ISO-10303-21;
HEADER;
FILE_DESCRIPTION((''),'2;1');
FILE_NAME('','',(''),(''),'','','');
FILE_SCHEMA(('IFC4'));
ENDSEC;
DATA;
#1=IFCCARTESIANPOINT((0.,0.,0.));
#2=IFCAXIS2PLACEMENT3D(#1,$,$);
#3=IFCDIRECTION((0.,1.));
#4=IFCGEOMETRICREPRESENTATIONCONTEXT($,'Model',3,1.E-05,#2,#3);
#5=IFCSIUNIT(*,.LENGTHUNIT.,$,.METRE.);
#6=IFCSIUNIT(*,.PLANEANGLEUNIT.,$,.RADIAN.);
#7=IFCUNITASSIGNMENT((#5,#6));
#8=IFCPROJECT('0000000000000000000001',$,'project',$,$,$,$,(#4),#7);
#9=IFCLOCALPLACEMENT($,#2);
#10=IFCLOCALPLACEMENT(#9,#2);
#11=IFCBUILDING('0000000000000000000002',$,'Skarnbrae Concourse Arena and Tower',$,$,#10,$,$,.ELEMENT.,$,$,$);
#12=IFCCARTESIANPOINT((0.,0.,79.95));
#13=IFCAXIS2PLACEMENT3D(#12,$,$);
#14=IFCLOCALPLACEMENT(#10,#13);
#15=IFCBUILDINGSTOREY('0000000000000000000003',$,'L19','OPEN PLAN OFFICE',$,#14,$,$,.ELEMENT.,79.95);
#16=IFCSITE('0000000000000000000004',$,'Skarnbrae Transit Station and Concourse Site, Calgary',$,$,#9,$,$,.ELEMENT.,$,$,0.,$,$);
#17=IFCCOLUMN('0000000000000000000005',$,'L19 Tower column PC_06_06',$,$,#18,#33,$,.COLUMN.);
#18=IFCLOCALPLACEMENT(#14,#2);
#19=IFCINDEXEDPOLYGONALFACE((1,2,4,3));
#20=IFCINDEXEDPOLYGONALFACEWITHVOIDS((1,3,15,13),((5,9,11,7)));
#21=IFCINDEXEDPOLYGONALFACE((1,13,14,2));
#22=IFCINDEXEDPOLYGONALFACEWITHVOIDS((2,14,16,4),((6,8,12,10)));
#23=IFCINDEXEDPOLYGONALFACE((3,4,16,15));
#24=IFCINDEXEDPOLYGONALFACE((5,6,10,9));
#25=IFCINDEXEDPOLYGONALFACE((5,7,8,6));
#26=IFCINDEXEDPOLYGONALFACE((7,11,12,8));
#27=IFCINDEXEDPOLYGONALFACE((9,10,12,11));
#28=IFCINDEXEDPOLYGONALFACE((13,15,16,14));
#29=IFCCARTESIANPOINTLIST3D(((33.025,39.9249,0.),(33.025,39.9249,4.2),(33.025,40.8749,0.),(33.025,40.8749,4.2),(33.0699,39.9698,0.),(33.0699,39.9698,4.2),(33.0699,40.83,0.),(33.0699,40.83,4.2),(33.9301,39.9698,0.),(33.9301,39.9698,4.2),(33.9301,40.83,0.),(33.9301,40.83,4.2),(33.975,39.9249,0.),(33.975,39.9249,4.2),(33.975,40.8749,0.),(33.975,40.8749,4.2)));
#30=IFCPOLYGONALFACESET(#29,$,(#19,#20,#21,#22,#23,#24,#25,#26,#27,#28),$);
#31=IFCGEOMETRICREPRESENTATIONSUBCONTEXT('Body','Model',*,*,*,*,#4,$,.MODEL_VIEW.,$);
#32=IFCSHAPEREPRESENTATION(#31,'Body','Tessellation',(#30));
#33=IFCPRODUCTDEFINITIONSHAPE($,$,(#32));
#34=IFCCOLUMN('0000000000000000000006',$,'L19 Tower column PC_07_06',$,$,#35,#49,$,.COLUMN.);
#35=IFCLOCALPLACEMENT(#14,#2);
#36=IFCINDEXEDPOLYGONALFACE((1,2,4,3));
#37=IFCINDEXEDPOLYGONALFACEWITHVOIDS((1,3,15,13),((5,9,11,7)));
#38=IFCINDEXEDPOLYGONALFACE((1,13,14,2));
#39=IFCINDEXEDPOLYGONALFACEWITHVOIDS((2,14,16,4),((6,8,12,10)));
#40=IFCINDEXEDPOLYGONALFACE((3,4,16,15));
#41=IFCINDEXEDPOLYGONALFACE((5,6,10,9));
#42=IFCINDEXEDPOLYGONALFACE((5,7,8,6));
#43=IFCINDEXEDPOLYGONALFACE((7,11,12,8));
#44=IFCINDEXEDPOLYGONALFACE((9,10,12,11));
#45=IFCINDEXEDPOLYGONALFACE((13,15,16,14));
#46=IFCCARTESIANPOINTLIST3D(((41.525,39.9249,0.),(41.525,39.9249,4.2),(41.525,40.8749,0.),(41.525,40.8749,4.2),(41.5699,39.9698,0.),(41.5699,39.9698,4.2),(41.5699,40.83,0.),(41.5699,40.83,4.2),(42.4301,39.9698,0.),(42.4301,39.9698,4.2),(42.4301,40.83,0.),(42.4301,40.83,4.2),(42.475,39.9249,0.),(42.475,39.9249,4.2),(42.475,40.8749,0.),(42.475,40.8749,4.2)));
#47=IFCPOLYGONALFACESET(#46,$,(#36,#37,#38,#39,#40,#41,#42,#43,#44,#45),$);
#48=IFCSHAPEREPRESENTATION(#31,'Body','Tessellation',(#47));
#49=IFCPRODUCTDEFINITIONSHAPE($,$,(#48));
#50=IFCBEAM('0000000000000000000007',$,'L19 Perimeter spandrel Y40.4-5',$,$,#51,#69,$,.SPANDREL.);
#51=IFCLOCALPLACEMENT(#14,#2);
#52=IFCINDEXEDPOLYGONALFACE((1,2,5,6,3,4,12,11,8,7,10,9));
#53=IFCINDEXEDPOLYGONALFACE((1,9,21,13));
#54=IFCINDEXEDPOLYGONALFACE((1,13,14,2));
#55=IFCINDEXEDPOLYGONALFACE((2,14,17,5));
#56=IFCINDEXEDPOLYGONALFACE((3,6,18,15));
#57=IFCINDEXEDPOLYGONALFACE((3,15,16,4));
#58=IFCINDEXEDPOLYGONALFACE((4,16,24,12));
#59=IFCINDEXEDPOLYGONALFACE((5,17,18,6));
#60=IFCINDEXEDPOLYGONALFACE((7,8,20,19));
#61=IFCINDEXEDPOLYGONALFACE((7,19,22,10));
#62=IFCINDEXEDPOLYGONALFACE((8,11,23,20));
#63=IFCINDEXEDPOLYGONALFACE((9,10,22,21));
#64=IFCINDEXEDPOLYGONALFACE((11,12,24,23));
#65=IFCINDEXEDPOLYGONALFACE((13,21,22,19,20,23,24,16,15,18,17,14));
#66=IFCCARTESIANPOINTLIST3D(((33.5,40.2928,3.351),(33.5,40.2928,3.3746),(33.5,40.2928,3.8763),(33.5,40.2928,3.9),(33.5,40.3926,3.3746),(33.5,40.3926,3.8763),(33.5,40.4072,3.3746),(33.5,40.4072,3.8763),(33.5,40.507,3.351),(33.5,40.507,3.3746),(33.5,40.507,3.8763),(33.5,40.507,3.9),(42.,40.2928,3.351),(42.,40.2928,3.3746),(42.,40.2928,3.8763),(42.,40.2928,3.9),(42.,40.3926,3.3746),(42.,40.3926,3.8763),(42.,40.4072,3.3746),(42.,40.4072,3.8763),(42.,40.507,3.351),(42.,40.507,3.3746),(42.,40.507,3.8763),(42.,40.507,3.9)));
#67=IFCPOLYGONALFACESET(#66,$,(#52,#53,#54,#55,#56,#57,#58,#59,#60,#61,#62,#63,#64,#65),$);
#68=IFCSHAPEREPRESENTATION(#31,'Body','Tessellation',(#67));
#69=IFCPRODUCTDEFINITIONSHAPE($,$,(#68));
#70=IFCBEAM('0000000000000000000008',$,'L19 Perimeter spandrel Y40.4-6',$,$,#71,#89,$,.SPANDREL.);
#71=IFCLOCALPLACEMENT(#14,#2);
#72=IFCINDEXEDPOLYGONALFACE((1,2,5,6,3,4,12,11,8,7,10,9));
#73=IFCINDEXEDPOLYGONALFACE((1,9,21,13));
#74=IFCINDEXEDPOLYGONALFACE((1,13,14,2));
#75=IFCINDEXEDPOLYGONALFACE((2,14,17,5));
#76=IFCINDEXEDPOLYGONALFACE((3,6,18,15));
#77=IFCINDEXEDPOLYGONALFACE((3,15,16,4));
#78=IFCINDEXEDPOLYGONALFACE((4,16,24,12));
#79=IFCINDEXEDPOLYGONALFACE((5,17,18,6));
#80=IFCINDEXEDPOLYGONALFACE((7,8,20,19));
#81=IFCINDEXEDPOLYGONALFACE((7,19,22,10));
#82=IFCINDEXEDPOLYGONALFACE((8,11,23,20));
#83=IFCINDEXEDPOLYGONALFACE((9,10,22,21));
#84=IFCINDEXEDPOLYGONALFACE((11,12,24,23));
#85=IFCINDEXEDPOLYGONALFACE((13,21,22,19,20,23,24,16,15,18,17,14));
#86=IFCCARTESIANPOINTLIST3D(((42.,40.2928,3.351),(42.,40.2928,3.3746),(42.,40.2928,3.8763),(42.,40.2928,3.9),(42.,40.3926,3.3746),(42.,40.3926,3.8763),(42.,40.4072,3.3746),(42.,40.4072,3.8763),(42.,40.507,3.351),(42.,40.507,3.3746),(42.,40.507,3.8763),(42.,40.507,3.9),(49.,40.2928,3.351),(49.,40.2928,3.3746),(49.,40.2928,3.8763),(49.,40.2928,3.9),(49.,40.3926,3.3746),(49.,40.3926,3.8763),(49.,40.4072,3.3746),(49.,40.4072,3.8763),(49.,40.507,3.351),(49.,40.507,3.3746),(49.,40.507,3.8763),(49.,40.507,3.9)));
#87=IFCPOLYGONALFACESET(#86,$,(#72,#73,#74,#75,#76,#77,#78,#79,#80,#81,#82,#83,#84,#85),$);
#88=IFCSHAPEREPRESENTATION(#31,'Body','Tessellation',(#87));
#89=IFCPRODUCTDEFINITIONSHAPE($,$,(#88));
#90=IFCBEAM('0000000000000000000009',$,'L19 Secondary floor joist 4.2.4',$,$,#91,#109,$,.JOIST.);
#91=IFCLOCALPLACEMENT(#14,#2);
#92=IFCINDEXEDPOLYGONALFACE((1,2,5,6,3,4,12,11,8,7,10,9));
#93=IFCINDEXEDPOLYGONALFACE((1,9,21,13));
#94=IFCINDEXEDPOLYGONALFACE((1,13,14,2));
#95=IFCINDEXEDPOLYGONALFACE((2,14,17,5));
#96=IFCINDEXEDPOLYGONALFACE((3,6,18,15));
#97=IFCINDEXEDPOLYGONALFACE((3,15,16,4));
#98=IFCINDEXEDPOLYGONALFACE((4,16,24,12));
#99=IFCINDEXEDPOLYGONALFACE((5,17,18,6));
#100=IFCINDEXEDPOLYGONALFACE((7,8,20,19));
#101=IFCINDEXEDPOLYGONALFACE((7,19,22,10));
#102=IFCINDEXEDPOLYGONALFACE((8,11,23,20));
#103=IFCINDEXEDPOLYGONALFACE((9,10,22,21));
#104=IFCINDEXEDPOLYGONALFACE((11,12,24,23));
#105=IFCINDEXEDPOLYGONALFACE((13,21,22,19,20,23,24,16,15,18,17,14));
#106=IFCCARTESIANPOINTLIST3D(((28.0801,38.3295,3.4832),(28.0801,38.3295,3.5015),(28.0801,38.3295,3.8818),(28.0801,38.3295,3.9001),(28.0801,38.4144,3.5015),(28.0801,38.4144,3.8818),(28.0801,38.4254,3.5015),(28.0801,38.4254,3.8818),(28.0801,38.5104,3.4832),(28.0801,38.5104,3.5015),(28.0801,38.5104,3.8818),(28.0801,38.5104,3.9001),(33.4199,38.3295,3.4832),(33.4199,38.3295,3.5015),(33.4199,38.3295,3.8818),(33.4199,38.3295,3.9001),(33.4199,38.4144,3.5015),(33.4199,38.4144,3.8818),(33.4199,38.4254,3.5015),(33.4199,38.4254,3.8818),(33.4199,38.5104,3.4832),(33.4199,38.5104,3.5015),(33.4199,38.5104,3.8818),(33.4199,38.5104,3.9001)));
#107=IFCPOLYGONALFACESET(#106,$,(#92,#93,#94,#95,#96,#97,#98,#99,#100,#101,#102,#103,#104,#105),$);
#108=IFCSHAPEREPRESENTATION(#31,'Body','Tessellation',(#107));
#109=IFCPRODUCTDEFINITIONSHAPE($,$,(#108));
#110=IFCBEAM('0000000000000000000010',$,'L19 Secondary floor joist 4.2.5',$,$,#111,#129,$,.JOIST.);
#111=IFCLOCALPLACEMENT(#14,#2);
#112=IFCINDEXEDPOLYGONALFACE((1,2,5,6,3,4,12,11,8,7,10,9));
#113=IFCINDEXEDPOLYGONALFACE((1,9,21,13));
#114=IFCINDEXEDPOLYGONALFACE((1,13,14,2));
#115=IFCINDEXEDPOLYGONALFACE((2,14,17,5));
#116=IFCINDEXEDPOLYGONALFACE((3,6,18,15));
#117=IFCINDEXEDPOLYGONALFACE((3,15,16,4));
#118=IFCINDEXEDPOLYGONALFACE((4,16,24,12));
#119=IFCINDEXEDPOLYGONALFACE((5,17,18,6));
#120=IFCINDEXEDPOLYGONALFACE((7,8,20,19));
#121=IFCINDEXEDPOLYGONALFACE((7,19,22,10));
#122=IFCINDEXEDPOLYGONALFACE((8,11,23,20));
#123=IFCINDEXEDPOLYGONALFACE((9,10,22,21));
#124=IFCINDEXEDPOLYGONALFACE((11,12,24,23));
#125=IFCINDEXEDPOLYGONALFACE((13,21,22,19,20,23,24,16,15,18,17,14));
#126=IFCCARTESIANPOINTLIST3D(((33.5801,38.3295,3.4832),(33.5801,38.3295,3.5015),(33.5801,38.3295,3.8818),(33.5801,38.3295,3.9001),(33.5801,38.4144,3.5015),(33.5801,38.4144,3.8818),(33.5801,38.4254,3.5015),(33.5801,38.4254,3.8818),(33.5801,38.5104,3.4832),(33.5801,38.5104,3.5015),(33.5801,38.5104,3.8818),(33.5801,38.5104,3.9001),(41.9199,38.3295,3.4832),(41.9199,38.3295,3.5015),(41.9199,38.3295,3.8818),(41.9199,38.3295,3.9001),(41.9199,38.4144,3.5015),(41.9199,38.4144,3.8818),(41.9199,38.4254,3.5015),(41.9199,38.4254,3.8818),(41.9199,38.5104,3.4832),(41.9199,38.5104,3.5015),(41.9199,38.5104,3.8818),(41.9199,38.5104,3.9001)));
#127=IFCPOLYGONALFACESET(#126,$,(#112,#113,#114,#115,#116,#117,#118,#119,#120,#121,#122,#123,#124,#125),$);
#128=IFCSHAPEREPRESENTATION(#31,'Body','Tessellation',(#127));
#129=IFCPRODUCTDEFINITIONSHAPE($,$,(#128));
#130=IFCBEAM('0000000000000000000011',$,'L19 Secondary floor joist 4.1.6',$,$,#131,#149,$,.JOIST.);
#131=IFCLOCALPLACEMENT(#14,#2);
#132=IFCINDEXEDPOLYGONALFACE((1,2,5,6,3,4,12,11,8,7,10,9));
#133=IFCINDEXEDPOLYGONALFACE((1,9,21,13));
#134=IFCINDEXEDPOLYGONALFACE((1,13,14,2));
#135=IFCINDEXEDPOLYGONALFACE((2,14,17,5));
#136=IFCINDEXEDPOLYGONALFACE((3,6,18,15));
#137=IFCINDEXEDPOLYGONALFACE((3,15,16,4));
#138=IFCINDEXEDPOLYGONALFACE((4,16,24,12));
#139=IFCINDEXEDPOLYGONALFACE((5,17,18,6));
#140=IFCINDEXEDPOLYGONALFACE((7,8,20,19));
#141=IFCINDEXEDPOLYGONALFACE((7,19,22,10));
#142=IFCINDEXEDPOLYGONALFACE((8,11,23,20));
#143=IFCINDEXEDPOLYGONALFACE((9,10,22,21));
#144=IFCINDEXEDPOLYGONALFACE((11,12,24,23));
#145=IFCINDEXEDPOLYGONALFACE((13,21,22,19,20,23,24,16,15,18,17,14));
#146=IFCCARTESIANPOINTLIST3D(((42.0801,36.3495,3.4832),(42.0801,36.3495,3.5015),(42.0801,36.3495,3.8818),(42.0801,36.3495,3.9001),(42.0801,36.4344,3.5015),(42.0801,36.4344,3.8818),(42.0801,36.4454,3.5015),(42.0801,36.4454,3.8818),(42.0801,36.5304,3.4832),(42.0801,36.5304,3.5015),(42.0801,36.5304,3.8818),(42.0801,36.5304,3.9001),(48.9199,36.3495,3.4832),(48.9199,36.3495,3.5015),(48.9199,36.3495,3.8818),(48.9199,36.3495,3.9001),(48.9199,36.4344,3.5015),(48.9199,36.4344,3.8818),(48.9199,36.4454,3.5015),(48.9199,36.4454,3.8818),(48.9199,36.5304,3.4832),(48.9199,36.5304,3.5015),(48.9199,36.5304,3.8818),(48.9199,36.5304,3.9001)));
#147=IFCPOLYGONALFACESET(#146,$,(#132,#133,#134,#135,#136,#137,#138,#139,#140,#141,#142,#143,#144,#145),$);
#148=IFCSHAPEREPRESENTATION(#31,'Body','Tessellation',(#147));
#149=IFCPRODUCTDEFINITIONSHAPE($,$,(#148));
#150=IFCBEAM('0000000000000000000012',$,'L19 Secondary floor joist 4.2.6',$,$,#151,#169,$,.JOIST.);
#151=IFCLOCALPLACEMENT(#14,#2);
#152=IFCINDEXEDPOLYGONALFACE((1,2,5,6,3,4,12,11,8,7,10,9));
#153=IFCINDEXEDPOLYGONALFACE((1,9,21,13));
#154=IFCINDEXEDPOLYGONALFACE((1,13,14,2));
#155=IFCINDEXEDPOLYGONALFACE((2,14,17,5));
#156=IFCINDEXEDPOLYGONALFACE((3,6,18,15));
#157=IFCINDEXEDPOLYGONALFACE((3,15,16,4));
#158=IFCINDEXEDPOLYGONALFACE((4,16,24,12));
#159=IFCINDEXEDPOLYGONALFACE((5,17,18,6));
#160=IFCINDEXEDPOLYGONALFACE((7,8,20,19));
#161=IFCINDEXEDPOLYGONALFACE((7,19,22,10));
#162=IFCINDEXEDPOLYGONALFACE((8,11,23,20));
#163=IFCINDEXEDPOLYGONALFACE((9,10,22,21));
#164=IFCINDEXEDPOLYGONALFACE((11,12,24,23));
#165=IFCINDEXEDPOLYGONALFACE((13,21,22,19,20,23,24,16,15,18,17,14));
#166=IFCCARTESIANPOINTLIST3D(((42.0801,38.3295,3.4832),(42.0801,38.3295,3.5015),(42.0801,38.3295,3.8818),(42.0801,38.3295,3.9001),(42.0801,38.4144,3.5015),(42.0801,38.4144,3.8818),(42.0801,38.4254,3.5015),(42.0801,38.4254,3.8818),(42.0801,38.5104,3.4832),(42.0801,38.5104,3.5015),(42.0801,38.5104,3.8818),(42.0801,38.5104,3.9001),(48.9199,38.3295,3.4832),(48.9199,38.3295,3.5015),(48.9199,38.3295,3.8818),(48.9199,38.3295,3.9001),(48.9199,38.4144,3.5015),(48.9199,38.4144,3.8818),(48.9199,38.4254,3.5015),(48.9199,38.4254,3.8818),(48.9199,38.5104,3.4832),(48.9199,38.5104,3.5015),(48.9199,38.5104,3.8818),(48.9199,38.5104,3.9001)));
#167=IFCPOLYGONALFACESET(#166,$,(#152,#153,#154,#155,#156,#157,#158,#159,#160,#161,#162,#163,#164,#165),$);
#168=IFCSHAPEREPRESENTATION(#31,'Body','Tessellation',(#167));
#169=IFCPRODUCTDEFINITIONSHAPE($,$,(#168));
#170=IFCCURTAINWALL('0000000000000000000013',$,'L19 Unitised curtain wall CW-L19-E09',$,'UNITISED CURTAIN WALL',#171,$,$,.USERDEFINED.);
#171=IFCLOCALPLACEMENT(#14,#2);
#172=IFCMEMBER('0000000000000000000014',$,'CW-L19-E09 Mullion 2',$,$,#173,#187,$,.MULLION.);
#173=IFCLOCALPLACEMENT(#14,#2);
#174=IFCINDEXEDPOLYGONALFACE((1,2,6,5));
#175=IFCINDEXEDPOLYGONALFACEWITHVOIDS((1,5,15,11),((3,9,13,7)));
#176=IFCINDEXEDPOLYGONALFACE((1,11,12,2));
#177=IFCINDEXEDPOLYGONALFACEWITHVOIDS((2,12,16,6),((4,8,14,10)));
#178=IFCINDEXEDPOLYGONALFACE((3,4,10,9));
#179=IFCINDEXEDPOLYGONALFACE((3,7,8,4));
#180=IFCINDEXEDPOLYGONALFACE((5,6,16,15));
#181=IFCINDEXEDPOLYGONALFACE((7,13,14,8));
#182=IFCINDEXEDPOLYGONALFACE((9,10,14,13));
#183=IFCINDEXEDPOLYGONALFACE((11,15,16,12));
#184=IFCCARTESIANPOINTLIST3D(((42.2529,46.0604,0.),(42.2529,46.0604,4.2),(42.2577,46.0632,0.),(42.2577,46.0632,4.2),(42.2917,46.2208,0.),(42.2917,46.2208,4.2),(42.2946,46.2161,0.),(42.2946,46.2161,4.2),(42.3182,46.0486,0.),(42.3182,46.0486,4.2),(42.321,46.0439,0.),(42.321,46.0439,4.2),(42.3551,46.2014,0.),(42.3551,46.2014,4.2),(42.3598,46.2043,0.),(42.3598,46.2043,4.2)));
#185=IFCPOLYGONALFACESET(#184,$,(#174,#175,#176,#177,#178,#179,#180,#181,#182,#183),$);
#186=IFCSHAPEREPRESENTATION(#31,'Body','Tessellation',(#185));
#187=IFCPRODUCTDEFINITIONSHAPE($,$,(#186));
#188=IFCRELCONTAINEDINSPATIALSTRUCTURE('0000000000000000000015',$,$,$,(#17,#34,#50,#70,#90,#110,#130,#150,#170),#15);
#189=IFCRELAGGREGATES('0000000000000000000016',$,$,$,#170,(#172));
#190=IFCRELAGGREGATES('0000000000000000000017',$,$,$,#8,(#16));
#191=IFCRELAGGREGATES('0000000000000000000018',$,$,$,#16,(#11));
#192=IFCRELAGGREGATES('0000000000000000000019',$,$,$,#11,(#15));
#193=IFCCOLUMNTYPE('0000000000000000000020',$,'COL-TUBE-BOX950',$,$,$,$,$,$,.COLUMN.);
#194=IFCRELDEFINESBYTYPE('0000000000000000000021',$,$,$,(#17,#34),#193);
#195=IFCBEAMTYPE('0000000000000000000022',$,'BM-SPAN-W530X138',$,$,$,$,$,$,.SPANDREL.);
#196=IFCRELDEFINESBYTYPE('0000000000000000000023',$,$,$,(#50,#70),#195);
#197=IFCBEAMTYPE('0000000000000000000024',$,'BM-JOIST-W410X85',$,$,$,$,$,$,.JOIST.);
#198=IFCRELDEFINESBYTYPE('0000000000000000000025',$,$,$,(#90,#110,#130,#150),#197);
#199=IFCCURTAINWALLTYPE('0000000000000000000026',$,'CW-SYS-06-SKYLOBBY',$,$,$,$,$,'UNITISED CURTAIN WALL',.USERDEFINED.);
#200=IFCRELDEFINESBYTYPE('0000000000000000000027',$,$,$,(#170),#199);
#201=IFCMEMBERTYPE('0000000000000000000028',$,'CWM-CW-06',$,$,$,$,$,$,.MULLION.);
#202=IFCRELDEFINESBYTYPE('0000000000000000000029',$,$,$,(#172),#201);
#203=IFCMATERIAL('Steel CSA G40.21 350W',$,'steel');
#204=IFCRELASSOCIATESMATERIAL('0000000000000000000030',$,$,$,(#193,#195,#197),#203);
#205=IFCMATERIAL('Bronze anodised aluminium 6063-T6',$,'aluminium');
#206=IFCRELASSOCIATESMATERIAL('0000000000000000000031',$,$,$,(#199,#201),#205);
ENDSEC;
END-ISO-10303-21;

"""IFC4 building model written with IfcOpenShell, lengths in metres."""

from ifc_helpers import new_model, si_unit, direction, frame, origin, origin_2d, place, context, subcontext, project, spatial, hollow_rectangle, i_section, extrude, source, transform, mapped, material, material_profile, profile_set, type_object, element, aggregate, save


model = new_model("IFC4")

# Units and contexts
model_context = context("Model", 3, precision=1e-05, world=origin(), true_north=direction((0.0, 1.0)))
body_context = subcontext(model_context, "Body", "Model", "MODEL_VIEW")
ifc_project = project(units=[si_unit("LENGTHUNIT", "METRE"), si_unit("PLANEANGLEUNIT", "RADIAN")], contexts=[model_context])

# Site, building, storey
site_placement = place(None, origin())
site = spatial("IfcSite", under=ifc_project, at=site_placement, Name="Skarnbrae Transit Station and Concourse Site, Calgary", CompositionType="ELEMENT", RefElevation=0.0)
building_placement = place(site_placement, origin())
building = spatial("IfcBuilding", under=site, at=building_placement, Name="Skarnbrae Concourse Arena and Tower", CompositionType="ELEMENT")
storey_placement = place(building_placement, frame((0.0, 0.0, 79.95)))
storey = spatial("IfcBuildingStorey", under=building, at=storey_placement, Name="L19", Description="OPEN PLAN OFFICE", CompositionType="ELEMENT", Elevation=79.95)

# Columns
ifc_material_1 = material(Name="Steel CSA G40.21 350W", Category="steel")
ifc_material_profile_1 = material_profile(ifc_material_1, hollow_rectangle(XDim=0.95, YDim=0.95, WallThickness=0.0449, at=origin_2d()), Name="BOX950X950X45")
ifc_profile_set_1 = profile_set([ifc_material_profile_1], Name="Steel CSA G40.21 350W")
column_type = type_object("IfcColumnType", Name="COL-TUBE-BOX950", PredefinedType="COLUMN", material=ifc_profile_set_1)
shared_shape_1 = source(origin(), body_context, "Body", "SweptSolid", [
    extrude(hollow_rectangle(XDim=0.95, YDim=0.95, WallThickness=0.0449, at=origin_2d()), origin(), (0.0, 0.0, 1.0), 4.2),
])
for number, where, z_axis, x_axis, name in (
    (1, (33.5, 40.3999, 0.0), (0.0, 0.0, 1.0), (1.0, 0.0, 0.0), "L19 Tower column PC_06_06"),
    (2, (42.0, 40.3999, 0.0), (0.0, 0.0, 1.0), (1.0, 0.0, 0.0), "L19 Tower column PC_07_06"),
):
    element("IfcColumn", number, at=place(storey_placement, frame(where, z_axis=z_axis, x_axis=x_axis)), inside=storey, type_object=column_type, Name=name, PredefinedType="COLUMN", context=body_context, shape_type="MappedRepresentation", body=[
        mapped(shared_shape_1, transform((0.0, 0.0, 0.0))),
    ])

# Beams
ifc_material_profile_2 = material_profile(ifc_material_1, i_section(OverallWidth=0.2141, OverallDepth=0.5491, WebThickness=0.0146, FlangeThickness=0.0237, at=origin_2d()), Name="W530X138")
ifc_profile_set_2 = profile_set([ifc_material_profile_2], Name="Steel CSA G40.21 350W")
beam_type_1 = type_object("IfcBeamType", Name="BM-SPAN-W530X138", PredefinedType="SPANDREL", material=ifc_profile_set_2)
shared_shape_2 = source(origin(), body_context, "Body", "SweptSolid", [
    extrude(i_section(OverallWidth=0.2141, OverallDepth=0.5491, WebThickness=0.0146, FlangeThickness=0.0237, at=origin_2d()), origin(), (0.0, 0.0, 1.0), 8.5),
])
beam_1_placement = place(storey_placement, frame((33.5, 40.3999, 3.6255), z_axis=(1.0, 0.0, 0.0), x_axis=(0.0, 1.0, 0.0)))
element("IfcBeam", 3, at=beam_1_placement, inside=storey, type_object=beam_type_1, Name="L19 Perimeter spandrel Y40.4-5", PredefinedType="SPANDREL", context=body_context, shape_type="MappedRepresentation", body=[
    mapped(shared_shape_2, transform((0.0, 0.0, 0.0))),
])
shared_shape_3 = source(origin(), body_context, "Body", "SweptSolid", [
    extrude(i_section(OverallWidth=0.2141, OverallDepth=0.5491, WebThickness=0.0146, FlangeThickness=0.0237, at=origin_2d()), origin(), (0.0, 0.0, 1.0), 7.0),
])
beam_2_placement = place(storey_placement, frame((42.0, 40.3999, 3.6255), z_axis=(1.0, 0.0, 0.0), x_axis=(0.0, 1.0, 0.0)))
element("IfcBeam", 4, at=beam_2_placement, inside=storey, type_object=beam_type_1, Name="L19 Perimeter spandrel Y40.4-6", PredefinedType="SPANDREL", context=body_context, shape_type="MappedRepresentation", body=[
    mapped(shared_shape_3, transform((0.0, 0.0, 0.0))),
])
ifc_material_profile_3 = material_profile(ifc_material_1, i_section(OverallWidth=0.1809, OverallDepth=0.417, WebThickness=0.011, FlangeThickness=0.0183, at=origin_2d()), Name="W410X85")
ifc_profile_set_3 = profile_set([ifc_material_profile_3], Name="Steel CSA G40.21 350W")
beam_type_2 = type_object("IfcBeamType", Name="BM-JOIST-W410X85", PredefinedType="JOIST", material=ifc_profile_set_3)
shared_shape_4 = source(origin(), body_context, "Body", "SweptSolid", [
    extrude(i_section(OverallWidth=0.1809, OverallDepth=0.417, WebThickness=0.011, FlangeThickness=0.0183, at=origin_2d()), origin(), (0.0, 0.0, 1.0), 5.3398),
])
beam_3_placement = place(storey_placement, frame((28.0801, 38.4199, 3.6917), z_axis=(1.0, 0.0, 0.0), x_axis=(0.0, 1.0, 0.0)))
element("IfcBeam", 5, at=beam_3_placement, inside=storey, type_object=beam_type_2, Name="L19 Secondary floor joist 4.2.4", PredefinedType="JOIST", context=body_context, shape_type="MappedRepresentation", body=[
    mapped(shared_shape_4, transform((0.0, 0.0, 0.0))),
])
shared_shape_5 = source(origin(), body_context, "Body", "SweptSolid", [
    extrude(i_section(OverallWidth=0.1809, OverallDepth=0.417, WebThickness=0.011, FlangeThickness=0.0183, at=origin_2d()), origin(), (0.0, 0.0, 1.0), 8.3398),
])
beam_4_placement = place(storey_placement, frame((33.5801, 38.4199, 3.6917), z_axis=(1.0, 0.0, 0.0), x_axis=(0.0, 1.0, 0.0)))
element("IfcBeam", 6, at=beam_4_placement, inside=storey, type_object=beam_type_2, Name="L19 Secondary floor joist 4.2.5", PredefinedType="JOIST", context=body_context, shape_type="MappedRepresentation", body=[
    mapped(shared_shape_5, transform((0.0, 0.0, 0.0))),
])
shared_shape_6 = source(origin(), body_context, "Body", "SweptSolid", [
    extrude(i_section(OverallWidth=0.1809, OverallDepth=0.417, WebThickness=0.011, FlangeThickness=0.0183, at=origin_2d()), origin(), (0.0, 0.0, 1.0), 6.8398),
])
for number, where, z_axis, x_axis, name in (
    (7, (42.0801, 36.4399, 3.6917), (1.0, 0.0, 0.0), (0.0, 1.0, 0.0), "L19 Secondary floor joist 4.1.6"),
    (8, (42.0801, 38.4199, 3.6917), (1.0, 0.0, 0.0), (0.0, 1.0, 0.0), "L19 Secondary floor joist 4.2.6"),
):
    element("IfcBeam", number, at=place(storey_placement, frame(where, z_axis=z_axis, x_axis=x_axis)), inside=storey, type_object=beam_type_2, Name=name, PredefinedType="JOIST", context=body_context, shape_type="MappedRepresentation", body=[
        mapped(shared_shape_6, transform((0.0, 0.0, 0.0))),
    ])

# Curtain wall, member
ifc_material_2 = material(Name="Bronze anodised aluminium 6063-T6", Category="aluminium")
curtain_wall_type = type_object("IfcCurtainWallType", Name="CW-SYS-06-SKYLOBBY", ElementType="UNITISED CURTAIN WALL", PredefinedType="USERDEFINED", material=ifc_material_2)
curtain_wall_1_placement = place(storey_placement, origin())
curtain_wall_1 = element("IfcCurtainWall", 9, at=curtain_wall_1_placement, inside=storey, type_object=curtain_wall_type, Name="L19 Unitised curtain wall CW-L19-E09", ObjectType="UNITISED CURTAIN WALL", PredefinedType="USERDEFINED")
ifc_material_profile_4 = material_profile(ifc_material_2, hollow_rectangle(XDim=0.0701, YDim=0.165, WallThickness=0.0039, at=origin_2d()), Name="ALU-MULL-70X165")
ifc_profile_set_4 = profile_set([ifc_material_profile_4], Name="Bronze anodised aluminium 6063-T6")
member_type_1 = type_object("IfcMemberType", Name="CWM-CW-06", PredefinedType="MULLION", material=ifc_profile_set_4)
shared_shape_7 = source(origin(), body_context, "Body", "SweptSolid", [
    extrude(hollow_rectangle(XDim=0.0701, YDim=0.165, WallThickness=0.0039, at=origin_2d()), origin(), (0.0, 0.0, 1.0), 4.2),
])
member_1_placement = place(storey_placement, frame((42.3064, 46.1323, 0.0), z_axis=(0.0, 0.0, 1.0), x_axis=(-0.971974, 0.23509, 0.0)))
member_1 = element("IfcMember", 10, at=member_1_placement, type_object=member_type_1, Name="CW-L19-E09 Mullion 2", PredefinedType="MULLION", context=body_context, shape_type="MappedRepresentation", body=[
    mapped(shared_shape_7, transform((0.0, 0.0, 0.0))),
])
aggregate(curtain_wall_1, [member_1])

save(model, "model.ifc")
